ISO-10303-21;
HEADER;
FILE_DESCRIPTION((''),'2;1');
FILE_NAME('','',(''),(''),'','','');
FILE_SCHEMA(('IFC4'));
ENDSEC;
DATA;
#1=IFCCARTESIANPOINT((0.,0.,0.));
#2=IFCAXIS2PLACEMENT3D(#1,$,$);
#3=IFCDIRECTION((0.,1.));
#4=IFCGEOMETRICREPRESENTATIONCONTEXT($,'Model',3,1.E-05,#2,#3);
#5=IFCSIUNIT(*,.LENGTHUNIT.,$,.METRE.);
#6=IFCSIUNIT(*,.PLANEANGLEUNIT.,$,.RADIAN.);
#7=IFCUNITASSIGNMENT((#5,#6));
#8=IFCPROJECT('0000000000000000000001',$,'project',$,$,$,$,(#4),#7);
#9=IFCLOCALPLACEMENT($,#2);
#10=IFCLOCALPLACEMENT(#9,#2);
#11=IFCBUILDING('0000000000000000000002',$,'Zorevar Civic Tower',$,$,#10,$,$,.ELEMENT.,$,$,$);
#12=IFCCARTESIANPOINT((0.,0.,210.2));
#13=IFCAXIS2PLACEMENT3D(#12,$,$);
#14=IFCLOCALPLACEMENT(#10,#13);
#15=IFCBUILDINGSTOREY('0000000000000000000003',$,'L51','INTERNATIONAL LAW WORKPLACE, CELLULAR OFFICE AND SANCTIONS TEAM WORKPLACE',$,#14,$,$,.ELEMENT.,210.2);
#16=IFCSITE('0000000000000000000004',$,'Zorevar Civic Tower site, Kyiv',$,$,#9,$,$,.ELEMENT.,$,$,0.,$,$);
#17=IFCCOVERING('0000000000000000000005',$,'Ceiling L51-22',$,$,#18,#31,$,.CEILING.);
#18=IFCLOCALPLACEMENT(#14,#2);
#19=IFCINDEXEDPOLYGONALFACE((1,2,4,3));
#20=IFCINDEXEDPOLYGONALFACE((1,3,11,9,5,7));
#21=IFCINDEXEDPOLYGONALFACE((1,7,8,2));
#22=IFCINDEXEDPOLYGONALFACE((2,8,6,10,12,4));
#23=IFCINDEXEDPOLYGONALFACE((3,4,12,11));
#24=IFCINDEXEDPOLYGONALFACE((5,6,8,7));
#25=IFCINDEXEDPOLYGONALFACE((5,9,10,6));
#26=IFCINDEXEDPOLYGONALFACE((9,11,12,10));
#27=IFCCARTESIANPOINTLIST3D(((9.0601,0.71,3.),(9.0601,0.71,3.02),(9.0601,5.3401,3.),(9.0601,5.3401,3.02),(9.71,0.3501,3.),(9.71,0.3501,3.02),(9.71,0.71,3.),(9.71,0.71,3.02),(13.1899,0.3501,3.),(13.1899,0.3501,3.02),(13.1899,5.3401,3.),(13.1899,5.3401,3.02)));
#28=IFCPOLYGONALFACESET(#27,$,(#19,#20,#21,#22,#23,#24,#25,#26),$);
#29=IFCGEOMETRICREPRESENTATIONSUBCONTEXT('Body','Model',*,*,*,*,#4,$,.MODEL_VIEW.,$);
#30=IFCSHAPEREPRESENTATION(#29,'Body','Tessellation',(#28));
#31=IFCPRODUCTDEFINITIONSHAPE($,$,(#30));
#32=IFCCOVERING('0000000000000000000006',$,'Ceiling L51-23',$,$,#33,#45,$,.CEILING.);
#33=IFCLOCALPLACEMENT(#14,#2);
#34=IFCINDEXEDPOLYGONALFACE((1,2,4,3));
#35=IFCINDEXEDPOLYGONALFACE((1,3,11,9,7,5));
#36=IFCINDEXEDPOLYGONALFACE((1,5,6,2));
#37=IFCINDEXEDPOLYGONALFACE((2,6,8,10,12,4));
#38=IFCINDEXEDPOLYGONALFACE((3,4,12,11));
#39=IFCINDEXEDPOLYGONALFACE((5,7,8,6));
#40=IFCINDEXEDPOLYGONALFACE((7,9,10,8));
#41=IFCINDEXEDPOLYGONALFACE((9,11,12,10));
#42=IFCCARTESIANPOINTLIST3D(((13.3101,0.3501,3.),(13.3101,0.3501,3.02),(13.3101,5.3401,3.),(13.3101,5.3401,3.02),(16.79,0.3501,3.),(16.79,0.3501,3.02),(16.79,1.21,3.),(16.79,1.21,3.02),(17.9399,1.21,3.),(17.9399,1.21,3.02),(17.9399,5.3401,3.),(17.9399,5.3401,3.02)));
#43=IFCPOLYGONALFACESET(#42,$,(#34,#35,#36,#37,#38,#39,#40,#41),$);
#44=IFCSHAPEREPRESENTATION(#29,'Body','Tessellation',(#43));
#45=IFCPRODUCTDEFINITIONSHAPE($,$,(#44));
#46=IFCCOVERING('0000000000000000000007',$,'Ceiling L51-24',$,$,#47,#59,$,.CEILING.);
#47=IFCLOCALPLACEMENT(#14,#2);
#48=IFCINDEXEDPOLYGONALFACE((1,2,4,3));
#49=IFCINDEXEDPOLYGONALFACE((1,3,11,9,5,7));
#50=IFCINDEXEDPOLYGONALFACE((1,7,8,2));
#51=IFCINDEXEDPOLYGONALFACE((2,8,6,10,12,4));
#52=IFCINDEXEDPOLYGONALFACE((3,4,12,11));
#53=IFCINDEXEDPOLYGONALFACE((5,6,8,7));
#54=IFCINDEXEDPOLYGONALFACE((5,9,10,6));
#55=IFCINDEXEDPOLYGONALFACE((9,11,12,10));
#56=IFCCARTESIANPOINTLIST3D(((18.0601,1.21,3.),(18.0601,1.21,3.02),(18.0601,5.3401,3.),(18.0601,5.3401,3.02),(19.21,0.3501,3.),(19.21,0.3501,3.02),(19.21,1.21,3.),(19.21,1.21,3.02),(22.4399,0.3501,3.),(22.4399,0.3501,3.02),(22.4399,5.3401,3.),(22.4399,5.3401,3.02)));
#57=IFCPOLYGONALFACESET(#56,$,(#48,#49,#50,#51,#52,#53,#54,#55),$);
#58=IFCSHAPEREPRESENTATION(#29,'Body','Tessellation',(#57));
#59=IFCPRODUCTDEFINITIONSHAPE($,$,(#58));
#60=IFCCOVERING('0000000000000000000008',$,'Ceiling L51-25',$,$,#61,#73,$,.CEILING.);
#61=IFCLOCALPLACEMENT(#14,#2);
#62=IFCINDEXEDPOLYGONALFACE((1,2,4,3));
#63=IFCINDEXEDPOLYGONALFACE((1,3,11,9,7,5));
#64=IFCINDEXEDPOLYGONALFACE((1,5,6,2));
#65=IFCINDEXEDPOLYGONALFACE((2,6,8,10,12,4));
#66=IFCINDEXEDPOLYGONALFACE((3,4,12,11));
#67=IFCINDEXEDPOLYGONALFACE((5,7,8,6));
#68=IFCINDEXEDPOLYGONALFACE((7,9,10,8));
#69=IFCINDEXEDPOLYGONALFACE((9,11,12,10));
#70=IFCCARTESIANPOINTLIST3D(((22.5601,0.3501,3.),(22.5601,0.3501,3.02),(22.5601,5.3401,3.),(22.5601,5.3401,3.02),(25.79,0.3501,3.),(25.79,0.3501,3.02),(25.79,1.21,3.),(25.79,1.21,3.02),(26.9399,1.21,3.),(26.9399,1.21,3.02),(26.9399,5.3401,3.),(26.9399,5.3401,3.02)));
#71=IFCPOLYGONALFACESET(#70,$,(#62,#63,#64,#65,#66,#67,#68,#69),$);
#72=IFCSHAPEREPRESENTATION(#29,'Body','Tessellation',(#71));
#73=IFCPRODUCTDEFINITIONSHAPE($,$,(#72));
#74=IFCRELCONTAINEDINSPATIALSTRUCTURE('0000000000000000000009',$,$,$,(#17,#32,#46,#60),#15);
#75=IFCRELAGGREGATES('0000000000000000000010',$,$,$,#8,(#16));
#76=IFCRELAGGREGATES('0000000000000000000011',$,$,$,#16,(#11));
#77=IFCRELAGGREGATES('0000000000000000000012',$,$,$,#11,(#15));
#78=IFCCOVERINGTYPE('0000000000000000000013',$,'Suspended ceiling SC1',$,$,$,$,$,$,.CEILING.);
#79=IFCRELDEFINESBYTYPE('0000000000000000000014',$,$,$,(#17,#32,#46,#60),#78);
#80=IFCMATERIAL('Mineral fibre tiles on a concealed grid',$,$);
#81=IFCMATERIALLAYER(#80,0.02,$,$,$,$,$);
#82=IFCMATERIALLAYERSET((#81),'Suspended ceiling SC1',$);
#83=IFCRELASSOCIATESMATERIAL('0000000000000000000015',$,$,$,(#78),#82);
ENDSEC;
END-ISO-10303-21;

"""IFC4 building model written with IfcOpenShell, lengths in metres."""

from ifc_helpers import new_model, si_unit, direction, frame, origin, place, context, subcontext, project, spatial, polyline, outline, extrude, material, layer, layer_set, type_object, element, save


model = new_model("IFC4")

# Units and contexts
model_context = context("Model", 3, precision=1e-05, world=origin(), true_north=direction((0.0, 1.0)))
body_context = subcontext(model_context, "Body", "Model", "MODEL_VIEW")
ifc_project = project(units=[si_unit("LENGTHUNIT", "METRE"), si_unit("PLANEANGLEUNIT", "RADIAN")], contexts=[model_context])

# Site, building, storey
site_placement = place(None, origin())
site = spatial("IfcSite", under=ifc_project, at=site_placement, Name="Zorevar Civic Tower site, Kyiv", CompositionType="ELEMENT", RefElevation=0.0)
building_placement = place(site_placement, origin())
building = spatial("IfcBuilding", under=site, at=building_placement, Name="Zorevar Civic Tower", CompositionType="ELEMENT")
storey_placement = place(building_placement, frame((0.0, 0.0, 210.2)))
storey = spatial("IfcBuildingStorey", under=building, at=storey_placement, Name="L51", Description="INTERNATIONAL LAW WORKPLACE, CELLULAR OFFICE AND SANCTIONS TEAM WORKPLACE", CompositionType="ELEMENT", Elevation=210.2)

# Coverings
ifc_material_1 = material(Name="Mineral fibre tiles on a concealed grid")
ifc_layer_1 = layer(ifc_material_1, 0.02)
ifc_layer_set_1 = layer_set([ifc_layer_1], Name="Suspended ceiling SC1")
covering_type_1 = type_object("IfcCoveringType", Name="Suspended ceiling SC1", PredefinedType="CEILING", material=ifc_layer_set_1)
covering_1_placement = place(storey_placement, frame((0.0, 0.0, 3.0)))
element("IfcCovering", 1, at=covering_1_placement, inside=storey, type_object=covering_type_1, Name="Ceiling L51-22", PredefinedType="CEILING", context=body_context, shape_type="SweptSolid", body=[
    extrude(outline(polyline([(13.1899, 5.3401), (13.1899, 0.3501), (9.71, 0.3501), (9.71, 0.71), (9.0601, 0.71), (9.0601, 5.3401), (13.1899, 5.3401)])), origin(), (0.0, 0.0, 1.0), 0.02),
])
covering_2_placement = place(storey_placement, frame((0.0, 0.0, 3.0)))
element("IfcCovering", 2, at=covering_2_placement, inside=storey, type_object=covering_type_1, Name="Ceiling L51-23", PredefinedType="CEILING", context=body_context, shape_type="SweptSolid", body=[
    extrude(outline(polyline([(17.9399, 5.3401), (17.9399, 1.21), (16.79, 1.21), (16.79, 0.3501), (13.3101, 0.3501), (13.3101, 5.3401), (17.9399, 5.3401)])), origin(), (0.0, 0.0, 1.0), 0.02),
])
covering_3_placement = place(storey_placement, frame((0.0, 0.0, 3.0)))
element("IfcCovering", 3, at=covering_3_placement, inside=storey, type_object=covering_type_1, Name="Ceiling L51-24", PredefinedType="CEILING", context=body_context, shape_type="SweptSolid", body=[
    extrude(outline(polyline([(22.4399, 5.3401), (22.4399, 0.3501), (19.21, 0.3501), (19.21, 1.21), (18.0601, 1.21), (18.0601, 5.3401), (22.4399, 5.3401)])), origin(), (0.0, 0.0, 1.0), 0.02),
])
covering_4_placement = place(storey_placement, frame((0.0, 0.0, 3.0)))
element("IfcCovering", 4, at=covering_4_placement, inside=storey, type_object=covering_type_1, Name="Ceiling L51-25", PredefinedType="CEILING", context=body_context, shape_type="SweptSolid", body=[
    extrude(outline(polyline([(26.9399, 5.3401), (26.9399, 1.21), (25.79, 1.21), (25.79, 0.3501), (22.5601, 0.3501), (22.5601, 5.3401), (26.9399, 5.3401)])), origin(), (0.0, 0.0, 1.0), 0.02),
])

save(model, "model.ifc")
